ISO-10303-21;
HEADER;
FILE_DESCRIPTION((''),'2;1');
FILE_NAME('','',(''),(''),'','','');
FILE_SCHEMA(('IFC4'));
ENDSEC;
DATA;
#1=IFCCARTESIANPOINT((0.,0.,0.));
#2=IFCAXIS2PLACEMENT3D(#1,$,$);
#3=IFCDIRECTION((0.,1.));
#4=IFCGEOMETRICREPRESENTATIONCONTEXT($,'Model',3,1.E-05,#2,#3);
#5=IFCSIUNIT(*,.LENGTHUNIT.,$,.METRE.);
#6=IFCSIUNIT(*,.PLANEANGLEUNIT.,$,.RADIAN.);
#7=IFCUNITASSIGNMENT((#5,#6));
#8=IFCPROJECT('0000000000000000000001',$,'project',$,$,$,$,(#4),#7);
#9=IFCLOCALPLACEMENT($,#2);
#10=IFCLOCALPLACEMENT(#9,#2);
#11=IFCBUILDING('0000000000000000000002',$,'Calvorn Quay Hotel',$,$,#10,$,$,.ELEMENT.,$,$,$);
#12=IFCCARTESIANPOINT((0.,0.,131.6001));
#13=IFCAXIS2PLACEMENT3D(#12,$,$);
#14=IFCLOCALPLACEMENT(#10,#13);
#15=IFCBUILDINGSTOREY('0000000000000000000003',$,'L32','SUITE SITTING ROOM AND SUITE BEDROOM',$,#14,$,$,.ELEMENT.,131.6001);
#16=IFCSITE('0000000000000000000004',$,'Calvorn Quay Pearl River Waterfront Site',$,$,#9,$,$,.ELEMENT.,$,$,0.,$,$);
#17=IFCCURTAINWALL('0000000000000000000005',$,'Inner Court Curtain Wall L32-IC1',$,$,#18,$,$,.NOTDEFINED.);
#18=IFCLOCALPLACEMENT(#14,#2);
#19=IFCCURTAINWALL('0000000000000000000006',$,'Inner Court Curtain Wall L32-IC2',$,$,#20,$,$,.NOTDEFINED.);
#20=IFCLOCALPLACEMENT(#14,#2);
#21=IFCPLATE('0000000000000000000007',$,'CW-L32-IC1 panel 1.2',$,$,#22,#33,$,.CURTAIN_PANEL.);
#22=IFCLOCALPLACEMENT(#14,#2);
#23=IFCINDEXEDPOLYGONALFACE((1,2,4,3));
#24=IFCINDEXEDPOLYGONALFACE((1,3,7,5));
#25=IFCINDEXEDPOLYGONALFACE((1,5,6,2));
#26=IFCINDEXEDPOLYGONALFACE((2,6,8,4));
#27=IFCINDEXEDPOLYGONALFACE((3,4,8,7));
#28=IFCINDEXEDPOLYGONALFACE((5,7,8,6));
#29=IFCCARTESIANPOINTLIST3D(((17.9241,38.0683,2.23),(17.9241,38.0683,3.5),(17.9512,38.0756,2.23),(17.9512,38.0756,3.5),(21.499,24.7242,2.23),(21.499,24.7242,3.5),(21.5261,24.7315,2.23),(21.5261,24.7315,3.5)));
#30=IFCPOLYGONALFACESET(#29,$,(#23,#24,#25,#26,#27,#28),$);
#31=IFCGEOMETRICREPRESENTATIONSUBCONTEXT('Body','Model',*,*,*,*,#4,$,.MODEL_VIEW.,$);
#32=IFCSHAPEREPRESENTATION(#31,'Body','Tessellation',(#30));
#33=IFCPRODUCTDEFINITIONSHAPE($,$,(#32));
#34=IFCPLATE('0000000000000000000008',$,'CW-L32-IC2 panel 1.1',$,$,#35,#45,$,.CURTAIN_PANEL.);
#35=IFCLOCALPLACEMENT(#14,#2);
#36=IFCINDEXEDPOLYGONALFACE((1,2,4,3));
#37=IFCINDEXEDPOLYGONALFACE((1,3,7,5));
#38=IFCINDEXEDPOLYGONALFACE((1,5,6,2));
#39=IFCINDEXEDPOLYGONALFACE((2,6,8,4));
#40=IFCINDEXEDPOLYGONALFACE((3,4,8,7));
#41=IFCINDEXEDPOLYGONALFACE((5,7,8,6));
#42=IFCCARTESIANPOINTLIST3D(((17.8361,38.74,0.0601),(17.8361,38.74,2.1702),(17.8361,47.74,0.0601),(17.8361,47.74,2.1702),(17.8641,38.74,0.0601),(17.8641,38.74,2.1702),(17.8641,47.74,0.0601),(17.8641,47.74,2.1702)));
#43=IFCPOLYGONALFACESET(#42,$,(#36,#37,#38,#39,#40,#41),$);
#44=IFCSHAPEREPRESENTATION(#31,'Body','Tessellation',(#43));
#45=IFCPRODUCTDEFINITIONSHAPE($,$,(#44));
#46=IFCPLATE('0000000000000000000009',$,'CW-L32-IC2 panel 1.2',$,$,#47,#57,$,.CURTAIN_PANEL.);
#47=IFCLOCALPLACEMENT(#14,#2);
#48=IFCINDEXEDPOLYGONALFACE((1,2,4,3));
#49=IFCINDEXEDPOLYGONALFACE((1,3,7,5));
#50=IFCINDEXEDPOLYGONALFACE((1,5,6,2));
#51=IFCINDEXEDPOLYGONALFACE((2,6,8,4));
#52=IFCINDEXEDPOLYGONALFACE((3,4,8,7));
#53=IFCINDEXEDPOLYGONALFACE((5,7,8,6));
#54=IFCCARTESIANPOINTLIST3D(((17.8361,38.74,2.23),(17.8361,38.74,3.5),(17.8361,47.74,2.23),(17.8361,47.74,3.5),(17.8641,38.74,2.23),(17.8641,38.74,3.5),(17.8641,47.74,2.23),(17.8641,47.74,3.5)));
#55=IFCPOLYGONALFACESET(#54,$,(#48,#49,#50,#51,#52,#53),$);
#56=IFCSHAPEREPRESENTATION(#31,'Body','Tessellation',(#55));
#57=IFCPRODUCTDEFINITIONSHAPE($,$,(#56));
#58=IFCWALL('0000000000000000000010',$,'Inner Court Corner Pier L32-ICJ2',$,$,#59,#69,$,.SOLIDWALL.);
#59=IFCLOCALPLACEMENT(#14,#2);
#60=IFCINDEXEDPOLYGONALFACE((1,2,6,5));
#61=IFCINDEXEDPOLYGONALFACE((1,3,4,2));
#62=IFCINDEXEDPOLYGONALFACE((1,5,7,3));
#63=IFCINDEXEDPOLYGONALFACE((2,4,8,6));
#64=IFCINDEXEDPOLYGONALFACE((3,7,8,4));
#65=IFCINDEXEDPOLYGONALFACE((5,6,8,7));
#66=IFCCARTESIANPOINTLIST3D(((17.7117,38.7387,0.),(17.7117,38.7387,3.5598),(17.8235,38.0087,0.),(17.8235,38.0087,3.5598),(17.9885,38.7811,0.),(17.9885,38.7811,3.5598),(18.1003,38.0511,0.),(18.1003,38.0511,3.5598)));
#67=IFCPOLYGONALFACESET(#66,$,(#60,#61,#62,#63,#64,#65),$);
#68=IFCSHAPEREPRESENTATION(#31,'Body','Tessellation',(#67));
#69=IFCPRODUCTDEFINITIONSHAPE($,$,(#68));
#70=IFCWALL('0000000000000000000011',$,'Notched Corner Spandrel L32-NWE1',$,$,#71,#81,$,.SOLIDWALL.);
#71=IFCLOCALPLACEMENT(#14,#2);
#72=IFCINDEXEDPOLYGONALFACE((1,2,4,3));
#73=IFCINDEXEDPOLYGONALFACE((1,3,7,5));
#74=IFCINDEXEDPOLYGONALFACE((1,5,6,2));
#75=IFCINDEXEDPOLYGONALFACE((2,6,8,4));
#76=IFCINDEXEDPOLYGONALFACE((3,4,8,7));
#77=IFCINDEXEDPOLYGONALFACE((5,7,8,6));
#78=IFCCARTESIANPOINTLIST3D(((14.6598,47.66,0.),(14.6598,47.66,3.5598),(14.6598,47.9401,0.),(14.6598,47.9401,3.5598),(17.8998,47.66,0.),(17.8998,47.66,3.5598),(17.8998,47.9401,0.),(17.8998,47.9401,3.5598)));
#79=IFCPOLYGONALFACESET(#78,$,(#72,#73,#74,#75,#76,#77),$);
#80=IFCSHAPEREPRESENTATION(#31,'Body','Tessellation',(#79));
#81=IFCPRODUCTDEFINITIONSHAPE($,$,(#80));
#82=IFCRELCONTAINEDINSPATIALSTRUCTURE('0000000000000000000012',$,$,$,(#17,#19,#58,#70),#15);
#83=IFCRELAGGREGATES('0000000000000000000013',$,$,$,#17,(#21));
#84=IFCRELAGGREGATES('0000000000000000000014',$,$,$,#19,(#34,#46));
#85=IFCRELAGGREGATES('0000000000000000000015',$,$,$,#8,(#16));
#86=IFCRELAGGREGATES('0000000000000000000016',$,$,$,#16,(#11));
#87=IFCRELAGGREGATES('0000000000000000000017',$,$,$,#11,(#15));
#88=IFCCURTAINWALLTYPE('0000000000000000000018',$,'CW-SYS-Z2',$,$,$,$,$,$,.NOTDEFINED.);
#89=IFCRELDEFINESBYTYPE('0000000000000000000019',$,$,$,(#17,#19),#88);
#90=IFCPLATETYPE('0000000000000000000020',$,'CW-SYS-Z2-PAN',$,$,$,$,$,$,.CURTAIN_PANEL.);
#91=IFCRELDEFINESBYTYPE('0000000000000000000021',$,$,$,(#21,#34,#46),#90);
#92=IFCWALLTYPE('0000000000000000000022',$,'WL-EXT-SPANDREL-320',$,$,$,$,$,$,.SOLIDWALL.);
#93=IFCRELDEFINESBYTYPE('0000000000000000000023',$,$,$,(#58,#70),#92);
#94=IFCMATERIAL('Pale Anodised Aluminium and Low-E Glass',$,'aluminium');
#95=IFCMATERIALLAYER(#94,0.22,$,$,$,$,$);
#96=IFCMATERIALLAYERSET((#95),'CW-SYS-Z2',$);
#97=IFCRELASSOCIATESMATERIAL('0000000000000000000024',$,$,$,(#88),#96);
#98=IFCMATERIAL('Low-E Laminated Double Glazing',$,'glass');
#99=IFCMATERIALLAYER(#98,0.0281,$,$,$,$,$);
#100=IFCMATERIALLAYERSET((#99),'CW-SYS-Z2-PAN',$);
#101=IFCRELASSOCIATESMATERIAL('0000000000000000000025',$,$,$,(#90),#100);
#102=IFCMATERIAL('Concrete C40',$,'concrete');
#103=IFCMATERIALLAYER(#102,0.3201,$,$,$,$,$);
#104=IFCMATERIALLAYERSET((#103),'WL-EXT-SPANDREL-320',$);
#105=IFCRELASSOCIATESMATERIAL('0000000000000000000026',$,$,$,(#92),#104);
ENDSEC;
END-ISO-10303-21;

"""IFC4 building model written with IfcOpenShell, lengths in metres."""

from ifc_helpers import new_model, si_unit, direction, frame, frame_2d, origin, origin_2d, place, context, subcontext, project, spatial, rectangle, extrude, material, layer, layer_set, type_object, element, aggregate, save


model = new_model("IFC4")

# Units and contexts
model_context = context("Model", 3, precision=1e-05, world=origin(), true_north=direction((0.0, 1.0)))
body_context = subcontext(model_context, "Body", "Model", "MODEL_VIEW")
ifc_project = project(units=[si_unit("LENGTHUNIT", "METRE"), si_unit("PLANEANGLEUNIT", "RADIAN")], contexts=[model_context])

# Site, building, storey
site_placement = place(None, origin())
site = spatial("IfcSite", under=ifc_project, at=site_placement, Name="Calvorn Quay Pearl River Waterfront Site", CompositionType="ELEMENT", RefElevation=0.0)
building_placement = place(site_placement, origin())
building = spatial("IfcBuilding", under=site, at=building_placement, Name="Calvorn Quay Hotel", CompositionType="ELEMENT")
storey_placement = place(building_placement, frame((0.0, 0.0, 131.6001)))
storey = spatial("IfcBuildingStorey", under=building, at=storey_placement, Name="L32", Description="SUITE SITTING ROOM AND SUITE BEDROOM", CompositionType="ELEMENT", Elevation=131.6001)

# Curtain wall
ifc_material_1 = material(Name="Pale Anodised Aluminium and Low-E Glass", Category="aluminium")
ifc_layer_1 = layer(ifc_material_1, 0.22)
ifc_layer_set_1 = layer_set([ifc_layer_1], Name="CW-SYS-Z2")
curtain_wall_type = type_object("IfcCurtainWallType", Name="CW-SYS-Z2", PredefinedType="NOTDEFINED", material=ifc_layer_set_1)
curtain_wall_1_placement = place(storey_placement, origin())
curtain_wall_1 = element("IfcCurtainWall", 1, at=curtain_wall_1_placement, inside=storey, type_object=curtain_wall_type, Name="Inner Court Curtain Wall L32-IC1", PredefinedType="NOTDEFINED")

# Curtain wall
curtain_wall_2_placement = place(storey_placement, origin())
curtain_wall_2 = element("IfcCurtainWall", 2, at=curtain_wall_2_placement, inside=storey, type_object=curtain_wall_type, Name="Inner Court Curtain Wall L32-IC2", PredefinedType="NOTDEFINED")

# Plates
ifc_material_2 = material(Name="Low-E Laminated Double Glazing", Category="glass")
ifc_layer_2 = layer(ifc_material_2, 0.0281)
ifc_layer_set_2 = layer_set([ifc_layer_2], Name="CW-SYS-Z2-PAN")
plate_type = type_object("IfcPlateType", Name="CW-SYS-Z2-PAN", PredefinedType="CURTAIN_PANEL", material=ifc_layer_set_2)
plate_1_placement = place(storey_placement, frame((19.7251, 31.3999, 2.23), z_axis=(0.0, 0.0, 1.0), x_axis=(-0.258779, 0.965937, 0.0)))
plate_1 = element("IfcPlate", 3, at=plate_1_placement, type_object=plate_type, Name="CW-L32-IC1 panel 1.2", PredefinedType="CURTAIN_PANEL", context=body_context, shape_type="SweptSolid", body=[
    extrude(rectangle(XDim=13.8147, YDim=0.0281, at=origin_2d()), origin(), (0.0, 0.0, 1.0), 1.27),
])
aggregate(curtain_wall_1, [plate_1])
plate_2_placement = place(storey_placement, frame((17.8501, 43.24, 0.0601), z_axis=(0.0, 0.0, 1.0), x_axis=(0.0, 1.0, 0.0)))
plate_2 = element("IfcPlate", 4, at=plate_2_placement, type_object=plate_type, Name="CW-L32-IC2 panel 1.1", PredefinedType="CURTAIN_PANEL", context=body_context, shape_type="SweptSolid", body=[
    extrude(rectangle(XDim=9.0, YDim=0.0281, at=origin_2d()), origin(), (0.0, 0.0, 1.0), 2.1101),
])
plate_3_placement = place(storey_placement, frame((17.8501, 43.24, 2.23), z_axis=(0.0, 0.0, 1.0), x_axis=(0.0, 1.0, 0.0)))
plate_3 = element("IfcPlate", 5, at=plate_3_placement, type_object=plate_type, Name="CW-L32-IC2 panel 1.2", PredefinedType="CURTAIN_PANEL", context=body_context, shape_type="SweptSolid", body=[
    extrude(rectangle(XDim=9.0, YDim=0.0281, at=origin_2d()), origin(), (0.0, 0.0, 1.0), 1.27),
])
aggregate(curtain_wall_2, [plate_2, plate_3])

# Walls
ifc_material_3 = material(Name="Concrete C40", Category="concrete")
ifc_layer_3 = layer(ifc_material_3, 0.3201)
ifc_layer_set_3 = layer_set([ifc_layer_3], Name="WL-EXT-SPANDREL-320")
wall_type = type_object("IfcWallType", Name="WL-EXT-SPANDREL-320", PredefinedType="SOLIDWALL", material=ifc_layer_set_3)
wall_1_placement = place(storey_placement, frame((17.9619, 38.03, 0.0), z_axis=(0.0, 0.0, 1.0), x_axis=(-0.151411, 0.988471, 0.0)))
element("IfcWall", 6, at=wall_1_placement, inside=storey, type_object=wall_type, Name="Inner Court Corner Pier L32-ICJ2", PredefinedType="SOLIDWALL", context=body_context, shape_type="SweptSolid", body=[
    extrude(rectangle(XDim=0.7385, YDim=0.28, at=frame_2d((0.3691, 0.0))), origin(), (0.0, 0.0, 1.0), 3.5598),
])
wall_2_placement = place(storey_placement, frame((17.8999, 47.8, 0.0), z_axis=(0.0, 0.0, 1.0), x_axis=(-1.0, 0.0, 0.0)))
element("IfcWall", 7, at=wall_2_placement, inside=storey, type_object=wall_type, Name="Notched Corner Spandrel L32-NWE1", PredefinedType="SOLIDWALL", context=body_context, shape_type="SweptSolid", body=[
    extrude(rectangle(XDim=3.24, YDim=0.28, at=frame_2d((1.6201, 0.0))), origin(), (0.0, 0.0, 1.0), 3.5598),
])

save(model, "model.ifc")
